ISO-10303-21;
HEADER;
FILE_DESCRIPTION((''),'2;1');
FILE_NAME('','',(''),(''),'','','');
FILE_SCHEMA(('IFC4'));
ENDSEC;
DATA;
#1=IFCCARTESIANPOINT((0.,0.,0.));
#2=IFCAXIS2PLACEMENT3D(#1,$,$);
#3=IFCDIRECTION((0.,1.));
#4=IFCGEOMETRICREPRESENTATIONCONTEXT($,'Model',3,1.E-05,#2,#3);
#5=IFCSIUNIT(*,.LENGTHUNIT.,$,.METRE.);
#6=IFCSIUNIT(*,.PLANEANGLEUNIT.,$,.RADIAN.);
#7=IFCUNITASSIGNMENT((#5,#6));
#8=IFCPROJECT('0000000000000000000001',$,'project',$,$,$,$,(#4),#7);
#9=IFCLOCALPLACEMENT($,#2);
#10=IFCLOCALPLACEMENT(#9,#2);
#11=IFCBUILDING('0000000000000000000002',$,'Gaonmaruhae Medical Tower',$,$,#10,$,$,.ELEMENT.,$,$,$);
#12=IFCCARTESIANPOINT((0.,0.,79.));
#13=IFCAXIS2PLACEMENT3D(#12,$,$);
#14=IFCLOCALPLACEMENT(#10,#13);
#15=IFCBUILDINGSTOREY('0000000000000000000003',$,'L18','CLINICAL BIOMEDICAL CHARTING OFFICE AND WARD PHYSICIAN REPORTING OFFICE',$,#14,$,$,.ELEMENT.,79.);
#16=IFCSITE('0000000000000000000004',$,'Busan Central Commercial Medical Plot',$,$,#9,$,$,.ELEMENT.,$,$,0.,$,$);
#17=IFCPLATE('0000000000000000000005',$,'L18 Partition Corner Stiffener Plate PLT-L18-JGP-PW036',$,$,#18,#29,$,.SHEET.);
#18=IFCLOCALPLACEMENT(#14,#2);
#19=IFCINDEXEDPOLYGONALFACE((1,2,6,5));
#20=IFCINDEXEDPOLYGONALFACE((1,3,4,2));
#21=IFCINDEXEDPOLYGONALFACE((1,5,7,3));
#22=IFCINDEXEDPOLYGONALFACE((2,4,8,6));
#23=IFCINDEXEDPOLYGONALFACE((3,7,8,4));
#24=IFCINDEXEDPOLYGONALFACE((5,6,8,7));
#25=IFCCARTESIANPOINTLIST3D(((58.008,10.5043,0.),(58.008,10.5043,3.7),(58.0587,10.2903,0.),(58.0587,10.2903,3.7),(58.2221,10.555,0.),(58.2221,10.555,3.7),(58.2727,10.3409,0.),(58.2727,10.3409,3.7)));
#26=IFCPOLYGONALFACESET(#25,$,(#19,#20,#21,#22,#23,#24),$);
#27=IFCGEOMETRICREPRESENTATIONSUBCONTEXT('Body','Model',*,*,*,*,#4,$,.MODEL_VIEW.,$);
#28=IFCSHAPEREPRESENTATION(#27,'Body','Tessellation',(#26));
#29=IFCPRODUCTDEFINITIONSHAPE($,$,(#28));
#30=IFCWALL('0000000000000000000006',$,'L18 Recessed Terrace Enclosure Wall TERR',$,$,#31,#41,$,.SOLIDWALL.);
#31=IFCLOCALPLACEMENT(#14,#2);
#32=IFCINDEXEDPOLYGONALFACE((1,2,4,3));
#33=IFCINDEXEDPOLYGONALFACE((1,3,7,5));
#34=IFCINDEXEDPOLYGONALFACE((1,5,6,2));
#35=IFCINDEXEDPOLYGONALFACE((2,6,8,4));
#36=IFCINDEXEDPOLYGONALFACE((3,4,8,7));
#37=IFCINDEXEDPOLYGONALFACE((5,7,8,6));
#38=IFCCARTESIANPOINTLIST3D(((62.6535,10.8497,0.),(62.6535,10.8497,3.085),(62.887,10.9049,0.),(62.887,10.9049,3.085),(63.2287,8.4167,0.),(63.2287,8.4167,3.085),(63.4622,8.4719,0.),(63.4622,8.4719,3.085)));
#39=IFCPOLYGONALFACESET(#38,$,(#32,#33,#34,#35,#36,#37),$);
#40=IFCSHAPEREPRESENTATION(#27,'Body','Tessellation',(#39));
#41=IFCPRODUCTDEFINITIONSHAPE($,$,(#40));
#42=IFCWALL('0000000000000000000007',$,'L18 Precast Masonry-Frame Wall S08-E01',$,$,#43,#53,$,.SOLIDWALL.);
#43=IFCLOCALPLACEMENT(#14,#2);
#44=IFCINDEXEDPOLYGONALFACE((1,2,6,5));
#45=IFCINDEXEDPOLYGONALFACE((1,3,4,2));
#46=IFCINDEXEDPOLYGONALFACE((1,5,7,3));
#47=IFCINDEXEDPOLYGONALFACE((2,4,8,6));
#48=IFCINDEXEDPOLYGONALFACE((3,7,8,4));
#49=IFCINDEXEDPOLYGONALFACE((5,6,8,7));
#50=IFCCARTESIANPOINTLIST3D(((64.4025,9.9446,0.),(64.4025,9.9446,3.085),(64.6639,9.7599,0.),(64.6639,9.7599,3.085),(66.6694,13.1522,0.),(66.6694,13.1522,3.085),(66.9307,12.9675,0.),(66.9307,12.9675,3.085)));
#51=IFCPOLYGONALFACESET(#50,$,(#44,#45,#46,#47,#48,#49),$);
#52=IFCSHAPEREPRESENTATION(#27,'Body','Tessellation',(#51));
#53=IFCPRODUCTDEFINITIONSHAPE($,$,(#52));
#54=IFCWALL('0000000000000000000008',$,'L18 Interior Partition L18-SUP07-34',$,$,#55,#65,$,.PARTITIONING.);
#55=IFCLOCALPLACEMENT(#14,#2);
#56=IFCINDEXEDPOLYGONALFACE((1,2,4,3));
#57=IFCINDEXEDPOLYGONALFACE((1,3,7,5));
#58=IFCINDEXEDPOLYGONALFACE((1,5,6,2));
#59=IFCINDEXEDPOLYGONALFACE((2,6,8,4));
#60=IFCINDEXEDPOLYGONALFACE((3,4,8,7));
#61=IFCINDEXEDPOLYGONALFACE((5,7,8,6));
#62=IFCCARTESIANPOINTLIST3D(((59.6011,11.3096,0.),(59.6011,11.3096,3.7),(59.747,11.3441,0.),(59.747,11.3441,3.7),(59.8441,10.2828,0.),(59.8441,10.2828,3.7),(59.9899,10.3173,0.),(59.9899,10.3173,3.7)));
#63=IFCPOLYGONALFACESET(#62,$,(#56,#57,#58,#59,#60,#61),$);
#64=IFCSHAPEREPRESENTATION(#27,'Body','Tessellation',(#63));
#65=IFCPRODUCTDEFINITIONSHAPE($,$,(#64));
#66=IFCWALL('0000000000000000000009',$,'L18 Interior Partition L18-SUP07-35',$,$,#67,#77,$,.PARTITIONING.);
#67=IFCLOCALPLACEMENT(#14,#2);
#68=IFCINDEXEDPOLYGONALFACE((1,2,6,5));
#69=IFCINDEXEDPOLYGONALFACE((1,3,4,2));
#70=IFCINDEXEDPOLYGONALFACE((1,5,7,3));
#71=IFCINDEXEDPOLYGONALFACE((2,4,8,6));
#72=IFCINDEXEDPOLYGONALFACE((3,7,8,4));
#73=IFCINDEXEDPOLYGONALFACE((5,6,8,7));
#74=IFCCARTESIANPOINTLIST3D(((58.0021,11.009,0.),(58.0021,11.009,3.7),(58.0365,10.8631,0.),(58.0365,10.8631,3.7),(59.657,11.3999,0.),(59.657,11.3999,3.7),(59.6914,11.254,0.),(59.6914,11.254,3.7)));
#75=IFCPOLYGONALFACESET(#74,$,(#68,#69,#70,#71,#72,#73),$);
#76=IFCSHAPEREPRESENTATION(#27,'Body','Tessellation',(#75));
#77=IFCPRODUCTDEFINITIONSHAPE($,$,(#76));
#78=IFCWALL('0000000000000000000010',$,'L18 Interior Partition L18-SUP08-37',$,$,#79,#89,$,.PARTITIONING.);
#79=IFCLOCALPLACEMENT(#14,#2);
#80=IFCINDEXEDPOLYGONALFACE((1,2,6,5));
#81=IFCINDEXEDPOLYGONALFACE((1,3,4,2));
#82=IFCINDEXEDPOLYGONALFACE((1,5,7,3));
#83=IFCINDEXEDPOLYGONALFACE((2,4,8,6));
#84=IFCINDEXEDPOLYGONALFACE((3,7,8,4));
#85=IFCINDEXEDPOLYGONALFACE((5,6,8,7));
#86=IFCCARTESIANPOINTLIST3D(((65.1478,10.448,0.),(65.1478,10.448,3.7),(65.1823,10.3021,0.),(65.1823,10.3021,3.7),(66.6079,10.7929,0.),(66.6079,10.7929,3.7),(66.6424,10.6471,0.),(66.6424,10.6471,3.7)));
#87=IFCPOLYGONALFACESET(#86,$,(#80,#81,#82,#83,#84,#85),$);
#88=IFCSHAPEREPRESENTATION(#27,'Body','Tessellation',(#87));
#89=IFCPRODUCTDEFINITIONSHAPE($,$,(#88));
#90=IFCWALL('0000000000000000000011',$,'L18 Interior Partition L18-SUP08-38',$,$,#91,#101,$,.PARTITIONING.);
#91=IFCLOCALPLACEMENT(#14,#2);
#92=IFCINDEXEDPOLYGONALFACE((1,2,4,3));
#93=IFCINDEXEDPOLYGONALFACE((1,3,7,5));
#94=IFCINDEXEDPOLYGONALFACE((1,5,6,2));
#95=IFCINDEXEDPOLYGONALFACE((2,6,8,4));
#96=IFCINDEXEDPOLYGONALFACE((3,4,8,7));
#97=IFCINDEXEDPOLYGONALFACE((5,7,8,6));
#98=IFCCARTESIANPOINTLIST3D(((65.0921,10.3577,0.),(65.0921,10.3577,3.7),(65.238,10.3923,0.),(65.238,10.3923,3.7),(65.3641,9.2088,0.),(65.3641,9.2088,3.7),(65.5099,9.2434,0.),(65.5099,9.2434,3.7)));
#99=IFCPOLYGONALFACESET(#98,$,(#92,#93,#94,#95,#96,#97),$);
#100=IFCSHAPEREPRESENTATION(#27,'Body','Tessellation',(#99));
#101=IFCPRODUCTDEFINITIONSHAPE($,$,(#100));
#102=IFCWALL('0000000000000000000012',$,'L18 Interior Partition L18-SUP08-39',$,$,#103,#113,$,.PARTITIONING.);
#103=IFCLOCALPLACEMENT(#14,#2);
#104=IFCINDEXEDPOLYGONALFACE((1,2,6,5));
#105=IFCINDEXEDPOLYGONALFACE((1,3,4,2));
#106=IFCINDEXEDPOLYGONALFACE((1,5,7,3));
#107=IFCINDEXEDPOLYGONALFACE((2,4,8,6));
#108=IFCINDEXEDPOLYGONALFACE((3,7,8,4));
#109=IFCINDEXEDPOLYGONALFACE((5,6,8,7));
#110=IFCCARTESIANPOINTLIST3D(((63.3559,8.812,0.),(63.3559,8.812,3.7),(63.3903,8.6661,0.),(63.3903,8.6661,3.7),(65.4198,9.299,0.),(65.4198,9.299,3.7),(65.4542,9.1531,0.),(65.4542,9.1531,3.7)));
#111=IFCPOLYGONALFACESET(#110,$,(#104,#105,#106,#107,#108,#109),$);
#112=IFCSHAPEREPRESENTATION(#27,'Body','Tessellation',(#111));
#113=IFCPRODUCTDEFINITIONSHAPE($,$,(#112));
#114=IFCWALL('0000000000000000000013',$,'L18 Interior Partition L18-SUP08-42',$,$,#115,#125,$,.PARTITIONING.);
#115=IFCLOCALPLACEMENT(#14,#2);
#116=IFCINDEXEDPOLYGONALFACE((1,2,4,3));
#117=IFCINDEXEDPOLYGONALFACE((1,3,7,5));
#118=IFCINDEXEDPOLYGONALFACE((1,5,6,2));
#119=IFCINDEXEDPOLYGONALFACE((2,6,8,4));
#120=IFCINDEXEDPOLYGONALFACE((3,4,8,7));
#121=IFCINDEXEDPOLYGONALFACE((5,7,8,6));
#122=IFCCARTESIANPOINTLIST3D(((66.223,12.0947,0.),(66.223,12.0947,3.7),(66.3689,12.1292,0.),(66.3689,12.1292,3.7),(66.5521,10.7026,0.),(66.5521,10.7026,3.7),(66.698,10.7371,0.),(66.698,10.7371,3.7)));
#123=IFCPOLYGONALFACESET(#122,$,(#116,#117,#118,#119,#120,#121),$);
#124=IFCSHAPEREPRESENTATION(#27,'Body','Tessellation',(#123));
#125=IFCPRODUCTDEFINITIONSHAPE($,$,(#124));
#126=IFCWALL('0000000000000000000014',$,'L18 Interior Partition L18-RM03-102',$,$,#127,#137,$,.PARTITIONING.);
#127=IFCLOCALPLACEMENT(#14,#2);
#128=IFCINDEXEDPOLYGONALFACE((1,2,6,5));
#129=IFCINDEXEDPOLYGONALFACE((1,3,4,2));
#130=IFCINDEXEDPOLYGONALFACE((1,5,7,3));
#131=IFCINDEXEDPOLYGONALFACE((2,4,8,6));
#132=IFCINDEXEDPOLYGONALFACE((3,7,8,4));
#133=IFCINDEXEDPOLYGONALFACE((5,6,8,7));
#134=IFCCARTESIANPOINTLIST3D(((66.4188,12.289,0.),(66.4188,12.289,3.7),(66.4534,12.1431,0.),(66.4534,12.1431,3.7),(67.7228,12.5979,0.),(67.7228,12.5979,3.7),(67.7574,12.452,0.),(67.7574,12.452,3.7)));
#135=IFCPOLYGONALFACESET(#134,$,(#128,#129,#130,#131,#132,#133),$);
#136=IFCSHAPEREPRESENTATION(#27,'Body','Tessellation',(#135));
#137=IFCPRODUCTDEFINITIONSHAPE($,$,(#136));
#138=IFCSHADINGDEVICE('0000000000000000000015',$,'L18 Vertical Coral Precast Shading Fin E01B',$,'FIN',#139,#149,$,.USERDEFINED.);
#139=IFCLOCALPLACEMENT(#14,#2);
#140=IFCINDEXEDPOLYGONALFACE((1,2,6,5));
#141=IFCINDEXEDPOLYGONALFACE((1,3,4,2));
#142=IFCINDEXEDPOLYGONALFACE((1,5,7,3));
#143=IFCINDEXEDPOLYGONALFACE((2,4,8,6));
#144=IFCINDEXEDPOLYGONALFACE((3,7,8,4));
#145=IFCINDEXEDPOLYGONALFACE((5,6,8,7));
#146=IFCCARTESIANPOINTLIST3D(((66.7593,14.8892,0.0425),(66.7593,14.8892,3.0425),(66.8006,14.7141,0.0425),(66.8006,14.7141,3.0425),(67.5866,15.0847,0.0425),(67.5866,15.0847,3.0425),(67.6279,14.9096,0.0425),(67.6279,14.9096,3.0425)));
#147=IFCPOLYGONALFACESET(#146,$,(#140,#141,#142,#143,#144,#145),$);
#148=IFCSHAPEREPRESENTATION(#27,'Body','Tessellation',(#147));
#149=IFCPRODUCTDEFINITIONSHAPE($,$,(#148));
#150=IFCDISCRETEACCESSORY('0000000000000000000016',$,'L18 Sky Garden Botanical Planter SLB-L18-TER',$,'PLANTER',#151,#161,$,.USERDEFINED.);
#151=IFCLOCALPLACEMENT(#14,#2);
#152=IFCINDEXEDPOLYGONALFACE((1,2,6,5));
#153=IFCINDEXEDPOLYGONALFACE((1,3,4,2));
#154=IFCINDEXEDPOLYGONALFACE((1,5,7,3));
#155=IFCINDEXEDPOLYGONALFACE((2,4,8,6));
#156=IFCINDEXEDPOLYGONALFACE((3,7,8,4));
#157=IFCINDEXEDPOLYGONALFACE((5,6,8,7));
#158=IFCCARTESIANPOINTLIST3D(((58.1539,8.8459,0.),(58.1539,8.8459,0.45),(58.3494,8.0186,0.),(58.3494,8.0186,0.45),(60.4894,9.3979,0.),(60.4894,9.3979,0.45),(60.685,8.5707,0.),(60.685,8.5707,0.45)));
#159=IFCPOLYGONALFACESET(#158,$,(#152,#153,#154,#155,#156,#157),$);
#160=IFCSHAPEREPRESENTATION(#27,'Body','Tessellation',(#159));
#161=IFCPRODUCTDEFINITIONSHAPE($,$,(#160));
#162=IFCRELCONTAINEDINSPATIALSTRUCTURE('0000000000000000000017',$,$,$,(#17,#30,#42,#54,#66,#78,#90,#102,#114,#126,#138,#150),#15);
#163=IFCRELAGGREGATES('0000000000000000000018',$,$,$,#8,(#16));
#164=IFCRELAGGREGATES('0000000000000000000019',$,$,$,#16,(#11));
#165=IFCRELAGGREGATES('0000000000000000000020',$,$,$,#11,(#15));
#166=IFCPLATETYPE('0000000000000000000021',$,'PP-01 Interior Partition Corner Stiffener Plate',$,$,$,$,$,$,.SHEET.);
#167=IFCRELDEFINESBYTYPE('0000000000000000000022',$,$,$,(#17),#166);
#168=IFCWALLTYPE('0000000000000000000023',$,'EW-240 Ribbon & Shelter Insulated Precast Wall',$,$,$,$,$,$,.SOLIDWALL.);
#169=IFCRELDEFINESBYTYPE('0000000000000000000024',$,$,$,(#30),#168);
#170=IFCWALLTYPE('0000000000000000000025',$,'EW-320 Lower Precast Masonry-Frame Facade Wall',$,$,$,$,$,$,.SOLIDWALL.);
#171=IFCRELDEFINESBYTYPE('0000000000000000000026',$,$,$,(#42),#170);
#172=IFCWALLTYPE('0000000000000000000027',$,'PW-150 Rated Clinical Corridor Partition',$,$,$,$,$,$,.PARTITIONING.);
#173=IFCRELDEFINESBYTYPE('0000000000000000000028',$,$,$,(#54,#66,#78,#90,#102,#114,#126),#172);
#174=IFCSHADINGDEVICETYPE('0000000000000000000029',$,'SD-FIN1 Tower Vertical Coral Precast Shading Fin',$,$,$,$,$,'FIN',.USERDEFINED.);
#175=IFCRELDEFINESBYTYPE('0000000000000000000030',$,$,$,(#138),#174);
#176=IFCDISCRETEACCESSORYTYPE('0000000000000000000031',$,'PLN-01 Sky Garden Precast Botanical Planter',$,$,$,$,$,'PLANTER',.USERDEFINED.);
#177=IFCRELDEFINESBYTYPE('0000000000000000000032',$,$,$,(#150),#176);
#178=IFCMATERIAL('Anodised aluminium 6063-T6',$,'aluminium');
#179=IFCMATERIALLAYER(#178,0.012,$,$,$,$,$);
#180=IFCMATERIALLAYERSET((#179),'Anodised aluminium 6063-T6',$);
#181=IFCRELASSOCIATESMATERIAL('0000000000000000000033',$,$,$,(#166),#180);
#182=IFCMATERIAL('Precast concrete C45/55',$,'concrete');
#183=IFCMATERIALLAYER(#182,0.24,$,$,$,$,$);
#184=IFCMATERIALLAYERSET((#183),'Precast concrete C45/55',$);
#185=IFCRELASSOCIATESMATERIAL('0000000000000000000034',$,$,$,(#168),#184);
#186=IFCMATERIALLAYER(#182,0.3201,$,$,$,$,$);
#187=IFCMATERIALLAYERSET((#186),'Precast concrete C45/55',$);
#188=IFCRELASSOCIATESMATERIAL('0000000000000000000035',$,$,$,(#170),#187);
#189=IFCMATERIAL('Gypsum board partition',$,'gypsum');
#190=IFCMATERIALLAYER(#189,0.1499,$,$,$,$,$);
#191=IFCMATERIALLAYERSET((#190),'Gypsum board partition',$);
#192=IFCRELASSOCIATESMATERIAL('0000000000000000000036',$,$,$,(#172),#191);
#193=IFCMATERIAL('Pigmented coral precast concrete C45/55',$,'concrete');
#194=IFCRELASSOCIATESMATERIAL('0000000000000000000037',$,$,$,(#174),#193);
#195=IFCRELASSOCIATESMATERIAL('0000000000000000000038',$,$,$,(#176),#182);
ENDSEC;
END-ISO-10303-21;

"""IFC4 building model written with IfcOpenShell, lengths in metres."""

from ifc_helpers import new_model, si_unit, direction, frame, frame_2d, origin, origin_2d, place, context, subcontext, project, spatial, rectangle, extrude, material, layer, layer_set, type_object, element, save


model = new_model("IFC4")

# Units and contexts
model_context = context("Model", 3, precision=1e-05, world=origin(), true_north=direction((0.0, 1.0)))
body_context = subcontext(model_context, "Body", "Model", "MODEL_VIEW")
ifc_project = project(units=[si_unit("LENGTHUNIT", "METRE"), si_unit("PLANEANGLEUNIT", "RADIAN")], contexts=[model_context])

# Site, building, storey
site_placement = place(None, origin())
site = spatial("IfcSite", under=ifc_project, at=site_placement, Name="Busan Central Commercial Medical Plot", CompositionType="ELEMENT", RefElevation=0.0)
building_placement = place(site_placement, origin())
building = spatial("IfcBuilding", under=site, at=building_placement, Name="Gaonmaruhae Medical Tower", CompositionType="ELEMENT")
storey_placement = place(building_placement, frame((0.0, 0.0, 79.0)))
storey = spatial("IfcBuildingStorey", under=building, at=storey_placement, Name="L18", Description="CLINICAL BIOMEDICAL CHARTING OFFICE AND WARD PHYSICIAN REPORTING OFFICE", CompositionType="ELEMENT", Elevation=79.0)

# Plate
ifc_material_1 = material(Name="Anodised aluminium 6063-T6", Category="aluminium")
ifc_layer_1 = layer(ifc_material_1, 0.012)
ifc_layer_set_1 = layer_set([ifc_layer_1], Name="Anodised aluminium 6063-T6")
plate_type_1 = type_object("IfcPlateType", Name="PP-01 Interior Partition Corner Stiffener Plate", PredefinedType="SHEET", material=ifc_layer_set_1)
for number, where, z_axis, x_axis, name in (
    (1, (58.1404, 10.4226, 0.0), (0.0, 0.0, 1.0), (0.230254, -0.973131, 0.0), "L18 Partition Corner Stiffener Plate PLT-L18-JGP-PW036"),
):
    element("IfcPlate", number, at=place(storey_placement, frame(where, z_axis=z_axis, x_axis=x_axis)), inside=storey, type_object=plate_type_1, Name=name, PredefinedType="SHEET", context=body_context, shape_type="SweptSolid", body=[
        extrude(rectangle(XDim=0.22, YDim=0.22, at=origin_2d()), origin(), (0.0, 0.0, 1.0), 3.7),
    ])

# Shared definitions
ifc_material_2 = material(Name="Precast concrete C45/55", Category="concrete")
ifc_layer_2 = layer(ifc_material_2, 0.24)
ifc_layer_set_2 = layer_set([ifc_layer_2], Name="Precast concrete C45/55")
wall_type_1 = type_object("IfcWallType", Name="EW-240 Ribbon & Shelter Insulated Precast Wall", PredefinedType="SOLIDWALL", material=ifc_layer_set_2)

# Walls
wall_1_placement = place(storey_placement, frame((63.3455, 8.4443, 0.0), z_axis=(0.0, 0.0, 1.0), x_axis=(-0.230084, 0.973171, 0.0)))
element("IfcWall", 2, at=wall_1_placement, inside=storey, type_object=wall_type_1, Name="L18 Recessed Terrace Enclosure Wall TERR", PredefinedType="SOLIDWALL", context=body_context, shape_type="SweptSolid", body=[
    extrude(rectangle(XDim=2.5, YDim=0.24, at=frame_2d((1.25, 0.0))), origin(), (0.0, 0.0, 1.0), 3.085),
])
ifc_layer_3 = layer(ifc_material_2, 0.3201)
ifc_layer_set_3 = layer_set([ifc_layer_3], Name="Precast concrete C45/55")
wall_type_2 = type_object("IfcWallType", Name="EW-320 Lower Precast Masonry-Frame Facade Wall", PredefinedType="SOLIDWALL", material=ifc_layer_set_3)
wall_2_placement = place(storey_placement, frame((66.8, 13.0598, 0.0), z_axis=(0.0, 0.0, 1.0), x_axis=(-0.577144, -0.816642, 0.0)))
element("IfcWall", 3, at=wall_2_placement, inside=storey, type_object=wall_type_2, Name="L18 Precast Masonry-Frame Wall S08-E01", PredefinedType="SOLIDWALL", context=body_context, shape_type="SweptSolid", body=[
    extrude(rectangle(XDim=3.9277, YDim=0.3201, at=frame_2d((1.9639, 0.0))), origin(), (0.0, 0.0, 1.0), 3.085),
])
ifc_material_3 = material(Name="Gypsum board partition", Category="gypsum")
ifc_layer_4 = layer(ifc_material_3, 0.1499)
ifc_layer_set_4 = layer_set([ifc_layer_4], Name="Gypsum board partition")
wall_type_3 = type_object("IfcWallType", Name="PW-150 Rated Clinical Corridor Partition", PredefinedType="PARTITIONING", material=ifc_layer_set_4)
wall_3_placement = place(storey_placement, frame((59.917, 10.3, 0.0), z_axis=(0.0, 0.0, 1.0), x_axis=(-0.230213, 0.97314, 0.0)))
element("IfcWall", 4, at=wall_3_placement, inside=storey, type_object=wall_type_3, Name="L18 Interior Partition L18-SUP07-34", PredefinedType="PARTITIONING", context=body_context, shape_type="SweptSolid", body=[
    extrude(rectangle(XDim=1.0552, YDim=0.1499, at=frame_2d((0.5276, 0.0))), origin(), (0.0, 0.0, 1.0), 3.7),
])
wall_4_placement = place(storey_placement, frame((59.6741, 11.3269, 0.0), z_axis=(0.0, 0.0, 1.0), x_axis=(-0.973227, -0.229847, 0.0)))
element("IfcWall", 5, at=wall_4_placement, inside=storey, type_object=wall_type_3, Name="L18 Interior Partition L18-SUP07-35", PredefinedType="PARTITIONING", context=body_context, shape_type="SweptSolid", body=[
    extrude(rectangle(XDim=1.7004, YDim=0.1499, at=frame_2d((0.8501, 0.0))), origin(), (0.0, 0.0, 1.0), 3.7),
])
wall_5_placement = place(storey_placement, frame((66.625, 10.72, 0.0), z_axis=(0.0, 0.0, 1.0), x_axis=(-0.973201, -0.229955, 0.0)))
element("IfcWall", 6, at=wall_5_placement, inside=storey, type_object=wall_type_3, Name="L18 Interior Partition L18-SUP08-37", PredefinedType="PARTITIONING", context=body_context, shape_type="SweptSolid", body=[
    extrude(rectangle(XDim=1.5002, YDim=0.1499, at=frame_2d((0.75, 0.0))), origin(), (0.0, 0.0, 1.0), 3.7),
])
wall_6_placement = place(storey_placement, frame((65.165, 10.375, 0.0), z_axis=(0.0, 0.0, 1.0), x_axis=(0.230353, -0.973107, 0.0)))
element("IfcWall", 7, at=wall_6_placement, inside=storey, type_object=wall_type_3, Name="L18 Interior Partition L18-SUP08-38", PredefinedType="PARTITIONING", context=body_context, shape_type="SweptSolid", body=[
    extrude(rectangle(XDim=1.1807, YDim=0.1499, at=frame_2d((0.5903, 0.0))), origin(), (0.0, 0.0, 1.0), 3.7),
])
wall_7_placement = place(storey_placement, frame((65.437, 9.2261, 0.0), z_axis=(0.0, 0.0, 1.0), x_axis=(-0.973267, -0.229675, 0.0)))
element("IfcWall", 8, at=wall_7_placement, inside=storey, type_object=wall_type_3, Name="L18 Interior Partition L18-SUP08-39", PredefinedType="PARTITIONING", context=body_context, shape_type="SweptSolid", body=[
    extrude(rectangle(XDim=2.1206, YDim=0.1499, at=frame_2d((1.0603, 0.0))), origin(), (0.0, 0.0, 1.0), 3.7),
])
wall_8_placement = place(storey_placement, frame((66.2959, 12.1121, 0.0), z_axis=(0.0, 0.0, 1.0), x_axis=(0.230067, -0.973175, 0.0)))
element("IfcWall", 9, at=wall_8_placement, inside=storey, type_object=wall_type_3, Name="L18 Interior Partition L18-SUP08-42", PredefinedType="PARTITIONING", context=body_context, shape_type="SweptSolid", body=[
    extrude(rectangle(XDim=1.4304, YDim=0.1499, at=frame_2d((0.7153, 0.0))), origin(), (0.0, 0.0, 1.0), 3.7),
])
wall_9_placement = place(storey_placement, frame((67.74, 12.5249, 0.0), z_axis=(0.0, 0.0, 1.0), x_axis=(-0.973079, -0.230471, 0.0)))
element("IfcWall", 10, at=wall_9_placement, inside=storey, type_object=wall_type_3, Name="L18 Interior Partition L18-RM03-102", PredefinedType="PARTITIONING", context=body_context, shape_type="SweptSolid", body=[
    extrude(rectangle(XDim=1.3401, YDim=0.1499, at=frame_2d((0.6699, 0.0))), origin(), (0.0, 0.0, 1.0), 3.7),
])

# Shading device
ifc_material_4 = material(Name="Pigmented coral precast concrete C45/55", Category="concrete")
shading_device_type = type_object("IfcShadingDeviceType", Name="SD-FIN1 Tower Vertical Coral Precast Shading Fin", ElementType="FIN", PredefinedType="USERDEFINED", material=ifc_material_4)
shading_device_placement = place(storey_placement, frame((67.1936, 14.8994, 0.0425), z_axis=(0.0, 0.0, 1.0), x_axis=(0.230033, -0.973183, 0.0)))
element("IfcShadingDevice", 11, at=shading_device_placement, inside=storey, type_object=shading_device_type, Name="L18 Vertical Coral Precast Shading Fin E01B", ObjectType="FIN", PredefinedType="USERDEFINED", context=body_context, shape_type="SweptSolid", body=[
    extrude(rectangle(XDim=0.1799, YDim=0.8501, at=origin_2d()), origin(), (0.0, 0.0, 1.0), 3.0),
])

# Discrete accessory
discrete_accessory_type = type_object("IfcDiscreteAccessoryType", Name="PLN-01 Sky Garden Precast Botanical Planter", ElementType="PLANTER", PredefinedType="USERDEFINED", material=ifc_material_2)
discrete_accessory_placement = place(storey_placement, frame((59.4194, 8.7083, 0.0), z_axis=(0.0, 0.0, 1.0), x_axis=(0.973179, 0.23005, 0.0)))
element("IfcDiscreteAccessory", 12, at=discrete_accessory_placement, inside=storey, type_object=discrete_accessory_type, Name="L18 Sky Garden Botanical Planter SLB-L18-TER", ObjectType="PLANTER", PredefinedType="USERDEFINED", context=body_context, shape_type="SweptSolid", body=[
    extrude(rectangle(XDim=2.3999, YDim=0.8501, at=origin_2d()), origin(), (0.0, 0.0, 1.0), 0.45),
])

save(model, "model.ifc")
